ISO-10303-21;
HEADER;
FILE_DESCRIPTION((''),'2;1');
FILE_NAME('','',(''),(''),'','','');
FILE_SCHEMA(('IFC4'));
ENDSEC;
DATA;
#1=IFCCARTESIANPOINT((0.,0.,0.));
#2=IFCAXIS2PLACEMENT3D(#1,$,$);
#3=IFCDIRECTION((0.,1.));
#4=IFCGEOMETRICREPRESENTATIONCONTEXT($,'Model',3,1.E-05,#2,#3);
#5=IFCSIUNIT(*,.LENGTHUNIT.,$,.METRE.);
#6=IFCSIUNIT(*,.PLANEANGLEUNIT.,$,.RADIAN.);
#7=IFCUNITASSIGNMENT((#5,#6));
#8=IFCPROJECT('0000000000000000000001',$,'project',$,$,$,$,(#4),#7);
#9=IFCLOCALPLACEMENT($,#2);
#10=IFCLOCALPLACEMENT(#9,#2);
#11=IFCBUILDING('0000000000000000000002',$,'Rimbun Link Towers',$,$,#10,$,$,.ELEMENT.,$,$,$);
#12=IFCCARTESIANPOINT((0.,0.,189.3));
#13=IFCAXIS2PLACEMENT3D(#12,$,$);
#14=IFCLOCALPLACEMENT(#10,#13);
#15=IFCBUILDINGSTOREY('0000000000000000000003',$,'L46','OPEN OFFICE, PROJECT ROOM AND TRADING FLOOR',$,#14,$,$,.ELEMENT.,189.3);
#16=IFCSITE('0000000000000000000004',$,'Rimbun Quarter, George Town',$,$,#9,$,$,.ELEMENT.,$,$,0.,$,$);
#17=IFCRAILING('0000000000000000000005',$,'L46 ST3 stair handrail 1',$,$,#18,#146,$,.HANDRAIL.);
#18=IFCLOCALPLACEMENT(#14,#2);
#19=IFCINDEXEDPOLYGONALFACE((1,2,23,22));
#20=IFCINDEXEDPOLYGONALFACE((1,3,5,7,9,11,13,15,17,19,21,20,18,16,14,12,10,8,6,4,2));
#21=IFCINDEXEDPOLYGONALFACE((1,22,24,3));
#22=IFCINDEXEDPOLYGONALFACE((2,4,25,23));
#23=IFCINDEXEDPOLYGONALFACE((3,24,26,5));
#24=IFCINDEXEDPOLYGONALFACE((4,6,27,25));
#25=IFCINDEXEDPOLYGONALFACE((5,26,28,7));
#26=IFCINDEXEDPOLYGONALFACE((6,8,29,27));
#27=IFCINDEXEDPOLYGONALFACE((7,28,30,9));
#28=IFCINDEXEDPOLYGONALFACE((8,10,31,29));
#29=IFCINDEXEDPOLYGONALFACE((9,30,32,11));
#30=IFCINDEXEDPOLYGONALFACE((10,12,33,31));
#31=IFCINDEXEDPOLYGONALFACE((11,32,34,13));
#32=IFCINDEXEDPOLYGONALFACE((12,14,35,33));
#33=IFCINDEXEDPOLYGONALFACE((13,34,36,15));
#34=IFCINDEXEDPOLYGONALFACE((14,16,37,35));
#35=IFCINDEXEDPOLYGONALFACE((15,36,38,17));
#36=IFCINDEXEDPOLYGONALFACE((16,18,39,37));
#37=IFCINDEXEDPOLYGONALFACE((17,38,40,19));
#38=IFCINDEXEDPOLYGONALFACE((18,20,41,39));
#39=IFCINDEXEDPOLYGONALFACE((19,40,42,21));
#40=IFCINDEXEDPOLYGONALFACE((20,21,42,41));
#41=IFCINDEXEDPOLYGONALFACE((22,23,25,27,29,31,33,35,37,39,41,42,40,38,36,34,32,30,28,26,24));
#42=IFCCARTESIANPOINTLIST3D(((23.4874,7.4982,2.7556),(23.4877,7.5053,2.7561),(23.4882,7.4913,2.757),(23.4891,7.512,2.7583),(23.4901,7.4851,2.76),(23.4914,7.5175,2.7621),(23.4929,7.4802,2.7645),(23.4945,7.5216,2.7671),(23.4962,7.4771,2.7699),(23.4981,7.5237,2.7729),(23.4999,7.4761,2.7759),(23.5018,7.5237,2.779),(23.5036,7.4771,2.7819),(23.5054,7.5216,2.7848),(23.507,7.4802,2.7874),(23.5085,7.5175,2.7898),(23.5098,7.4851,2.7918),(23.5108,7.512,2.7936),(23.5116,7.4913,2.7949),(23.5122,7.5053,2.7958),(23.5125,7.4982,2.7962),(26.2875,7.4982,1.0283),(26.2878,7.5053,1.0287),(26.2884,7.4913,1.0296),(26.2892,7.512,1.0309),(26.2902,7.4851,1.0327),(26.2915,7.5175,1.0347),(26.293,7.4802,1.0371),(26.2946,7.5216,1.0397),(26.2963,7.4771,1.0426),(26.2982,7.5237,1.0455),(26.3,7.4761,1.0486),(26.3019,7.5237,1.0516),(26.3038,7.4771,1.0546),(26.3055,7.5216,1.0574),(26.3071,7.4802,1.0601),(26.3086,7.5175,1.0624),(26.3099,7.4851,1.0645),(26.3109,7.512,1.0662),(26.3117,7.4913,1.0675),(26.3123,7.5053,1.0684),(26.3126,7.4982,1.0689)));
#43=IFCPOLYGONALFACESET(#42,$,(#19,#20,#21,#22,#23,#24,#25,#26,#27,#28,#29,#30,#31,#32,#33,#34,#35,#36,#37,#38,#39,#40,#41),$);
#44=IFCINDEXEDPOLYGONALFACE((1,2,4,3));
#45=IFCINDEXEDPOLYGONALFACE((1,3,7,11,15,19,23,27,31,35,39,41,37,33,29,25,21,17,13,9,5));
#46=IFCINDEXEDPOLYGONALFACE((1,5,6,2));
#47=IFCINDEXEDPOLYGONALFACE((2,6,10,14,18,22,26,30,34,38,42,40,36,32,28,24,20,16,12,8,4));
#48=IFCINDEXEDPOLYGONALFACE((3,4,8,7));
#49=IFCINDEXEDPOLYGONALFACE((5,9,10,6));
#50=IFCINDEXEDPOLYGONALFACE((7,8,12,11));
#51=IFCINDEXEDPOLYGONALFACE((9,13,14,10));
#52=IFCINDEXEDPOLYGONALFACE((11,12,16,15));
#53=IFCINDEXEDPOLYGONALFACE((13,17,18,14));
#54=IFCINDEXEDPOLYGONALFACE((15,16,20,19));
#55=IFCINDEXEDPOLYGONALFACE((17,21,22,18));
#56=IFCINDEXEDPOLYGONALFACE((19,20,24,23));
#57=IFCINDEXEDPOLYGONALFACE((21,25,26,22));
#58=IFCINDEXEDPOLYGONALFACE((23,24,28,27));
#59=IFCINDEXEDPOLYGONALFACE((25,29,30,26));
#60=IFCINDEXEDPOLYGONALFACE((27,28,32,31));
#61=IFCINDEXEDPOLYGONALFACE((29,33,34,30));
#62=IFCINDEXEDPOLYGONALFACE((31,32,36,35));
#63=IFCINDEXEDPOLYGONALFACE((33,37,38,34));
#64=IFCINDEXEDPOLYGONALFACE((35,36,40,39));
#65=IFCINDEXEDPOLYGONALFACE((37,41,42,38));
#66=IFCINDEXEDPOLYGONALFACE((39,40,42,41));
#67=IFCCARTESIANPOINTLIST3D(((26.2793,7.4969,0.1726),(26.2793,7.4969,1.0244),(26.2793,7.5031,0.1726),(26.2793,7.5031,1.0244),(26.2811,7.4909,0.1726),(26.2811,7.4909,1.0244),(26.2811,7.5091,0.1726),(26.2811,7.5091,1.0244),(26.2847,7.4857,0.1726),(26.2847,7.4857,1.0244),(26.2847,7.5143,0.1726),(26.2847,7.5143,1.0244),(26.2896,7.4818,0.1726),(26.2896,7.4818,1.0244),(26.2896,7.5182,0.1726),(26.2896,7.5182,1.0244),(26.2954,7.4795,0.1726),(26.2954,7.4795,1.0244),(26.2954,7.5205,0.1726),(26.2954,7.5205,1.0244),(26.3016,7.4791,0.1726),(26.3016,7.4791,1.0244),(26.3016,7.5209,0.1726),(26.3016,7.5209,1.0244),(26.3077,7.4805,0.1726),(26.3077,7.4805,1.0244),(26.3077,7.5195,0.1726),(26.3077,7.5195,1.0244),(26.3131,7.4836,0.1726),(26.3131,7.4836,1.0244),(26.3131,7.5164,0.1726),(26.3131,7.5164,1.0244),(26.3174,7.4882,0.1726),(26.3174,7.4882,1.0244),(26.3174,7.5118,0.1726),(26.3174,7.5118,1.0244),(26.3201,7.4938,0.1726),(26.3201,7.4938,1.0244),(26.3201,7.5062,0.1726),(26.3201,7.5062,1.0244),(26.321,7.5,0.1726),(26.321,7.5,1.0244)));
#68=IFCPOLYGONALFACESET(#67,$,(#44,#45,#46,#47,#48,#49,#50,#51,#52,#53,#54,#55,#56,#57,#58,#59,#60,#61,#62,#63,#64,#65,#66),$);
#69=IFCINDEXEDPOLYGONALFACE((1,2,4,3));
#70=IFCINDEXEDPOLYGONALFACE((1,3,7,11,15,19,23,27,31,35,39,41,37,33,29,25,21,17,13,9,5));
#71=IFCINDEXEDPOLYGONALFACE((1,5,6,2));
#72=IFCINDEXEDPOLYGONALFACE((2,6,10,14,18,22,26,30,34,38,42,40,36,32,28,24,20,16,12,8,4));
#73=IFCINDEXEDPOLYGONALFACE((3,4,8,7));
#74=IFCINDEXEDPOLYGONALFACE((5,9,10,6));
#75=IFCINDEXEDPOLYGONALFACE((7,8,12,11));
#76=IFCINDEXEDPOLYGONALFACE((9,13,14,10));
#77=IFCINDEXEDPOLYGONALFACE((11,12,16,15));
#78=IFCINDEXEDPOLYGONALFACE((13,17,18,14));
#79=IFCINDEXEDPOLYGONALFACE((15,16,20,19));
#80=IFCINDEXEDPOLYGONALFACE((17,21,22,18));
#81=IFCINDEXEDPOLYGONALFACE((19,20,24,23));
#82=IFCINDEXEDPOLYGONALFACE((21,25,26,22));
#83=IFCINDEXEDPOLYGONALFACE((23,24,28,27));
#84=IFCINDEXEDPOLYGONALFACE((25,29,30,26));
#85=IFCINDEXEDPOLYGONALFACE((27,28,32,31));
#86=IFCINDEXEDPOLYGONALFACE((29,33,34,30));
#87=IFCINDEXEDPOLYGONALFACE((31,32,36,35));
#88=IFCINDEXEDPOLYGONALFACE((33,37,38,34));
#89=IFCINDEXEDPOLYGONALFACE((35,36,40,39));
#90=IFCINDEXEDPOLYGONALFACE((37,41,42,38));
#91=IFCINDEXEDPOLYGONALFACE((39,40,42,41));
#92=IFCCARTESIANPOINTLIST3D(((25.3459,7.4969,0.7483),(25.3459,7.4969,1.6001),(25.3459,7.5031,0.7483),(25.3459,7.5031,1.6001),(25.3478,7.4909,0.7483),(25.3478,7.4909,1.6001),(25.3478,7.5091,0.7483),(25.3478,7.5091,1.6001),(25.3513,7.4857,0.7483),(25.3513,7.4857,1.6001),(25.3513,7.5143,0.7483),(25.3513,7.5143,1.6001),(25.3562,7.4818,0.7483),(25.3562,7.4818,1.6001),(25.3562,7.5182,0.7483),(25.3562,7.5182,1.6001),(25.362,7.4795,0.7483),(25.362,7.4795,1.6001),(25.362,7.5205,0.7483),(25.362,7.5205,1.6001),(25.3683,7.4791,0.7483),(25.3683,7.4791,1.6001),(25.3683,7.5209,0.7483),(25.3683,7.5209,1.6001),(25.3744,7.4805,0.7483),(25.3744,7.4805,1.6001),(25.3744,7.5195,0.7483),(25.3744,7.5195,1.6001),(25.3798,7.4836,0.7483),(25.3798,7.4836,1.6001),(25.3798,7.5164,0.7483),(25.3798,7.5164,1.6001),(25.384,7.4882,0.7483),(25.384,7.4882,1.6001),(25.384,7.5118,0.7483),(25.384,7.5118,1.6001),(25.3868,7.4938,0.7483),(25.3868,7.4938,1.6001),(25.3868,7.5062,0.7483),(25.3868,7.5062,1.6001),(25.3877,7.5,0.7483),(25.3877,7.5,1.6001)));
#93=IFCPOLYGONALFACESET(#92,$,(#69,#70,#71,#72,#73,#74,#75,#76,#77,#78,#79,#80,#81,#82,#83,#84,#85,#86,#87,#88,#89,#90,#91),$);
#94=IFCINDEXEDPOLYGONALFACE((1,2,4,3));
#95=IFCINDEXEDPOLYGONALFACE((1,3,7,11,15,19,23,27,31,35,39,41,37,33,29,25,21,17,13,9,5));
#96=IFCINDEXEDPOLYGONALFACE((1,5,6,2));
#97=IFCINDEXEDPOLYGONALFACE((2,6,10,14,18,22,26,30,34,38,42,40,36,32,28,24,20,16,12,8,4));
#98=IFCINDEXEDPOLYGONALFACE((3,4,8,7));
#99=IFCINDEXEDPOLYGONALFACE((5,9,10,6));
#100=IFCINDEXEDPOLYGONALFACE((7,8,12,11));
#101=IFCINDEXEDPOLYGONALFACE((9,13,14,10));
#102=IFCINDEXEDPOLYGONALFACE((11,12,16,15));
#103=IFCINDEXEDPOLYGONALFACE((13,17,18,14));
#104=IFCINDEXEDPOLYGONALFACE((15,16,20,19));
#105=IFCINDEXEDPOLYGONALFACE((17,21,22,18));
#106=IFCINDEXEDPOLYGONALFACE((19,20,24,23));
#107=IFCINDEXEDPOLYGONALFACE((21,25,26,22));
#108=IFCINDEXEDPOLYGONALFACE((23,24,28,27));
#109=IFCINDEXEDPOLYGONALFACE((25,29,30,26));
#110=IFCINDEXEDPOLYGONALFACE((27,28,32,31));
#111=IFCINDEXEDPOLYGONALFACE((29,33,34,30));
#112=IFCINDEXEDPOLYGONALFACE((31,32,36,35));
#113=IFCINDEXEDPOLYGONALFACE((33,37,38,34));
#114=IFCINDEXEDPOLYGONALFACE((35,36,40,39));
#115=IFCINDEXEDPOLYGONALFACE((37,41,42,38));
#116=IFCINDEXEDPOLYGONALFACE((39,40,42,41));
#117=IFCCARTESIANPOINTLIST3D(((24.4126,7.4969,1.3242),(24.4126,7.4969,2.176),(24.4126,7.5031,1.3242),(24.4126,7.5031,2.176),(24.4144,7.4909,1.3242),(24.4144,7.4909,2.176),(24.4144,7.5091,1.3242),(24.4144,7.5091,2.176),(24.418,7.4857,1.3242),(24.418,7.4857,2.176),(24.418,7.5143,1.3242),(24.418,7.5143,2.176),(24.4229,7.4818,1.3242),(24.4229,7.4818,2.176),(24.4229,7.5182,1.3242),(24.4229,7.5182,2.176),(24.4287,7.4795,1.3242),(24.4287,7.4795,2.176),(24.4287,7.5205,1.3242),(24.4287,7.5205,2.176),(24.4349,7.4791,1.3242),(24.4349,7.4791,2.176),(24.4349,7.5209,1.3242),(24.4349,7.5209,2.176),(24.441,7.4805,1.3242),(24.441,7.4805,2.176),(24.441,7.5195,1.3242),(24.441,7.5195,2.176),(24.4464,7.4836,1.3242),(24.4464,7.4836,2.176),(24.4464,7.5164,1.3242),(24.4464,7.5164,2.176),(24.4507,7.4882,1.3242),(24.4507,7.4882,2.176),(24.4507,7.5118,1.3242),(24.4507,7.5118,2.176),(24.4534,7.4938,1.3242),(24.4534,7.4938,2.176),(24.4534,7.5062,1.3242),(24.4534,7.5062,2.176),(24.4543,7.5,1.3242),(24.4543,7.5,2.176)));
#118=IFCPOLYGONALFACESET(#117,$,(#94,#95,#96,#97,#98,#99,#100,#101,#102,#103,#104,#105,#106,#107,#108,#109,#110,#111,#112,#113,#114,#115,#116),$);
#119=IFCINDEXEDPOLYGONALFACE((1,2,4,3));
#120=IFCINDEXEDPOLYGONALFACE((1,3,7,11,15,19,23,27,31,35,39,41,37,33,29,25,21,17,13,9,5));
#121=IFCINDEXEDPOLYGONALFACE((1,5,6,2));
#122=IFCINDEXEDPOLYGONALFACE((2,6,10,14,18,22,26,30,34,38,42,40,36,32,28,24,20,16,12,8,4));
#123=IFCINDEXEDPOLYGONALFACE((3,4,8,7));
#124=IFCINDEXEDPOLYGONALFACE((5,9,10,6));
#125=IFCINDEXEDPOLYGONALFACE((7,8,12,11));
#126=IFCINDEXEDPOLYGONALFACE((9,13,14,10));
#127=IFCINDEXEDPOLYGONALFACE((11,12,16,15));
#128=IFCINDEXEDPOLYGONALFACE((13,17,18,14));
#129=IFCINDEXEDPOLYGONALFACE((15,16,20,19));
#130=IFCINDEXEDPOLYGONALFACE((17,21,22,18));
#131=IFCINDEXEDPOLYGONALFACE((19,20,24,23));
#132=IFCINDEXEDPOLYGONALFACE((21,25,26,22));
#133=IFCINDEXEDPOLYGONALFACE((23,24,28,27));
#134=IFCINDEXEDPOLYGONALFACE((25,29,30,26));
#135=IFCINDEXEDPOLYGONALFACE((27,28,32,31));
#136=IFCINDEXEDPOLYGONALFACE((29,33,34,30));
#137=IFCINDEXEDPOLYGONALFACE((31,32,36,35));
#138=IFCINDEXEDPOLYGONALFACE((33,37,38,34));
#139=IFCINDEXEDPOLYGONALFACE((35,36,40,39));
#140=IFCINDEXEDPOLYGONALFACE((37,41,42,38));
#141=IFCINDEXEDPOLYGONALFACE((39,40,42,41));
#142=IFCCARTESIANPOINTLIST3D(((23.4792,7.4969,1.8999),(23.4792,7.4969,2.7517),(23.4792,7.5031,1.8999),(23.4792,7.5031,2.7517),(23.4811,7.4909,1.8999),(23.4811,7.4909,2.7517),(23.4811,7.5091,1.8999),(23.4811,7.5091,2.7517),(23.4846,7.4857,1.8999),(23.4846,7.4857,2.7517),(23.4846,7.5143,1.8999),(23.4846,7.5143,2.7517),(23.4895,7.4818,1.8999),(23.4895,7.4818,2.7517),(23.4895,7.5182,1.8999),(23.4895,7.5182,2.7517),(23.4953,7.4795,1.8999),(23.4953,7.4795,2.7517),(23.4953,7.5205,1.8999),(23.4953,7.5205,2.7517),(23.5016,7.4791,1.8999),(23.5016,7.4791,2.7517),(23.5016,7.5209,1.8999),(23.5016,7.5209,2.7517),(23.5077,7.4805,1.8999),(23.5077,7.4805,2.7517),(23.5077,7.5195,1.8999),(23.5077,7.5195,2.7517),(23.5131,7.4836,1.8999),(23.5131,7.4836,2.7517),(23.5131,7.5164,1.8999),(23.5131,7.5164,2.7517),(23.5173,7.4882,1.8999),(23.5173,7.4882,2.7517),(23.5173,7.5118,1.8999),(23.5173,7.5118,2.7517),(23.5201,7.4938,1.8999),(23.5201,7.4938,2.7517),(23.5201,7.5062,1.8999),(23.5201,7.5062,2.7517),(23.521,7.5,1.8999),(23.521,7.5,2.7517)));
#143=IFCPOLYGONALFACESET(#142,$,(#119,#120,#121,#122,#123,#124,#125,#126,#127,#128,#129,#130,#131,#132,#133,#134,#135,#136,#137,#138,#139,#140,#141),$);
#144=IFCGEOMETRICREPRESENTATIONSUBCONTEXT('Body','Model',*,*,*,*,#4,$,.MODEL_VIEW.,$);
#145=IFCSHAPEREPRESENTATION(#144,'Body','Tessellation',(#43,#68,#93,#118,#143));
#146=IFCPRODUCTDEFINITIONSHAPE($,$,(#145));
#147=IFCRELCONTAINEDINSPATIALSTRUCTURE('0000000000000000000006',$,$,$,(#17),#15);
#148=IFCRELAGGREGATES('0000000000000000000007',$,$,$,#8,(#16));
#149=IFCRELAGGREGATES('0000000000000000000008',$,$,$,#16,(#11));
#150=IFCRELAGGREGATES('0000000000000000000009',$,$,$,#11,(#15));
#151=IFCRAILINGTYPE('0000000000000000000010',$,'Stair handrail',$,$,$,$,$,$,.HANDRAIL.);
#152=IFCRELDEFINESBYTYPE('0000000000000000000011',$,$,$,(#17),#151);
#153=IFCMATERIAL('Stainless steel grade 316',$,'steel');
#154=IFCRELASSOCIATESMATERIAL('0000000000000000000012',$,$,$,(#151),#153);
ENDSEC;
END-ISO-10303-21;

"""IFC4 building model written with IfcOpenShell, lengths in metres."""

from ifc_helpers import new_model, si_unit, direction, frame, origin, origin_2d, place, context, subcontext, project, spatial, circle, extrude, material, type_object, element, save


model = new_model("IFC4")

# Units and contexts
model_context = context("Model", 3, precision=1e-05, world=origin(), true_north=direction((0.0, 1.0)))
body_context = subcontext(model_context, "Body", "Model", "MODEL_VIEW")
ifc_project = project(units=[si_unit("LENGTHUNIT", "METRE"), si_unit("PLANEANGLEUNIT", "RADIAN")], contexts=[model_context])

# Site, building, storey
site_placement = place(None, origin())
site = spatial("IfcSite", under=ifc_project, at=site_placement, Name="Rimbun Quarter, George Town", CompositionType="ELEMENT", RefElevation=0.0)
building_placement = place(site_placement, origin())
building = spatial("IfcBuilding", under=site, at=building_placement, Name="Rimbun Link Towers", CompositionType="ELEMENT")
storey_placement = place(building_placement, frame((0.0, 0.0, 189.3)))
storey = spatial("IfcBuildingStorey", under=building, at=storey_placement, Name="L46", Description="OPEN OFFICE, PROJECT ROOM AND TRADING FLOOR", CompositionType="ELEMENT", Elevation=189.3)

# Railing
ifc_material_1 = material(Name="Stainless steel grade 316", Category="steel")
railing_type_1 = type_object("IfcRailingType", Name="Stair handrail", PredefinedType="HANDRAIL", material=ifc_material_1)
railing_1_placement = place(storey_placement, frame((26.3, 7.5, 0.1726)))
element("IfcRailing", 1, at=railing_1_placement, inside=storey, type_object=railing_type_1, Name="L46 ST3 stair handrail 1", PredefinedType="HANDRAIL", context=body_context, shape_type="SweptSolid", body=[
    extrude(circle(Radius=0.0239, at=origin_2d()), frame((0.0, 0.0, 0.876), z_axis=(-0.85109, 0.0, 0.52502), x_axis=(0.0, -1.0, 0.0)), (0.0, 0.0, 1.0), 3.29),
    extrude(circle(Radius=0.021, at=origin_2d()), origin(), (0.0, 0.0, 1.0), 0.8518),
    extrude(circle(Radius=0.021, at=origin_2d()), frame((-0.9333, 0.0, 0.5757)), (0.0, 0.0, 1.0), 0.8518),
    extrude(circle(Radius=0.021, at=origin_2d()), frame((-1.8667, 0.0, 1.1516)), (0.0, 0.0, 1.0), 0.8518),
    extrude(circle(Radius=0.021, at=origin_2d()), frame((-2.8, 0.0, 1.7273)), (0.0, 0.0, 1.0), 0.8518),
])

save(model, "model.ifc")
